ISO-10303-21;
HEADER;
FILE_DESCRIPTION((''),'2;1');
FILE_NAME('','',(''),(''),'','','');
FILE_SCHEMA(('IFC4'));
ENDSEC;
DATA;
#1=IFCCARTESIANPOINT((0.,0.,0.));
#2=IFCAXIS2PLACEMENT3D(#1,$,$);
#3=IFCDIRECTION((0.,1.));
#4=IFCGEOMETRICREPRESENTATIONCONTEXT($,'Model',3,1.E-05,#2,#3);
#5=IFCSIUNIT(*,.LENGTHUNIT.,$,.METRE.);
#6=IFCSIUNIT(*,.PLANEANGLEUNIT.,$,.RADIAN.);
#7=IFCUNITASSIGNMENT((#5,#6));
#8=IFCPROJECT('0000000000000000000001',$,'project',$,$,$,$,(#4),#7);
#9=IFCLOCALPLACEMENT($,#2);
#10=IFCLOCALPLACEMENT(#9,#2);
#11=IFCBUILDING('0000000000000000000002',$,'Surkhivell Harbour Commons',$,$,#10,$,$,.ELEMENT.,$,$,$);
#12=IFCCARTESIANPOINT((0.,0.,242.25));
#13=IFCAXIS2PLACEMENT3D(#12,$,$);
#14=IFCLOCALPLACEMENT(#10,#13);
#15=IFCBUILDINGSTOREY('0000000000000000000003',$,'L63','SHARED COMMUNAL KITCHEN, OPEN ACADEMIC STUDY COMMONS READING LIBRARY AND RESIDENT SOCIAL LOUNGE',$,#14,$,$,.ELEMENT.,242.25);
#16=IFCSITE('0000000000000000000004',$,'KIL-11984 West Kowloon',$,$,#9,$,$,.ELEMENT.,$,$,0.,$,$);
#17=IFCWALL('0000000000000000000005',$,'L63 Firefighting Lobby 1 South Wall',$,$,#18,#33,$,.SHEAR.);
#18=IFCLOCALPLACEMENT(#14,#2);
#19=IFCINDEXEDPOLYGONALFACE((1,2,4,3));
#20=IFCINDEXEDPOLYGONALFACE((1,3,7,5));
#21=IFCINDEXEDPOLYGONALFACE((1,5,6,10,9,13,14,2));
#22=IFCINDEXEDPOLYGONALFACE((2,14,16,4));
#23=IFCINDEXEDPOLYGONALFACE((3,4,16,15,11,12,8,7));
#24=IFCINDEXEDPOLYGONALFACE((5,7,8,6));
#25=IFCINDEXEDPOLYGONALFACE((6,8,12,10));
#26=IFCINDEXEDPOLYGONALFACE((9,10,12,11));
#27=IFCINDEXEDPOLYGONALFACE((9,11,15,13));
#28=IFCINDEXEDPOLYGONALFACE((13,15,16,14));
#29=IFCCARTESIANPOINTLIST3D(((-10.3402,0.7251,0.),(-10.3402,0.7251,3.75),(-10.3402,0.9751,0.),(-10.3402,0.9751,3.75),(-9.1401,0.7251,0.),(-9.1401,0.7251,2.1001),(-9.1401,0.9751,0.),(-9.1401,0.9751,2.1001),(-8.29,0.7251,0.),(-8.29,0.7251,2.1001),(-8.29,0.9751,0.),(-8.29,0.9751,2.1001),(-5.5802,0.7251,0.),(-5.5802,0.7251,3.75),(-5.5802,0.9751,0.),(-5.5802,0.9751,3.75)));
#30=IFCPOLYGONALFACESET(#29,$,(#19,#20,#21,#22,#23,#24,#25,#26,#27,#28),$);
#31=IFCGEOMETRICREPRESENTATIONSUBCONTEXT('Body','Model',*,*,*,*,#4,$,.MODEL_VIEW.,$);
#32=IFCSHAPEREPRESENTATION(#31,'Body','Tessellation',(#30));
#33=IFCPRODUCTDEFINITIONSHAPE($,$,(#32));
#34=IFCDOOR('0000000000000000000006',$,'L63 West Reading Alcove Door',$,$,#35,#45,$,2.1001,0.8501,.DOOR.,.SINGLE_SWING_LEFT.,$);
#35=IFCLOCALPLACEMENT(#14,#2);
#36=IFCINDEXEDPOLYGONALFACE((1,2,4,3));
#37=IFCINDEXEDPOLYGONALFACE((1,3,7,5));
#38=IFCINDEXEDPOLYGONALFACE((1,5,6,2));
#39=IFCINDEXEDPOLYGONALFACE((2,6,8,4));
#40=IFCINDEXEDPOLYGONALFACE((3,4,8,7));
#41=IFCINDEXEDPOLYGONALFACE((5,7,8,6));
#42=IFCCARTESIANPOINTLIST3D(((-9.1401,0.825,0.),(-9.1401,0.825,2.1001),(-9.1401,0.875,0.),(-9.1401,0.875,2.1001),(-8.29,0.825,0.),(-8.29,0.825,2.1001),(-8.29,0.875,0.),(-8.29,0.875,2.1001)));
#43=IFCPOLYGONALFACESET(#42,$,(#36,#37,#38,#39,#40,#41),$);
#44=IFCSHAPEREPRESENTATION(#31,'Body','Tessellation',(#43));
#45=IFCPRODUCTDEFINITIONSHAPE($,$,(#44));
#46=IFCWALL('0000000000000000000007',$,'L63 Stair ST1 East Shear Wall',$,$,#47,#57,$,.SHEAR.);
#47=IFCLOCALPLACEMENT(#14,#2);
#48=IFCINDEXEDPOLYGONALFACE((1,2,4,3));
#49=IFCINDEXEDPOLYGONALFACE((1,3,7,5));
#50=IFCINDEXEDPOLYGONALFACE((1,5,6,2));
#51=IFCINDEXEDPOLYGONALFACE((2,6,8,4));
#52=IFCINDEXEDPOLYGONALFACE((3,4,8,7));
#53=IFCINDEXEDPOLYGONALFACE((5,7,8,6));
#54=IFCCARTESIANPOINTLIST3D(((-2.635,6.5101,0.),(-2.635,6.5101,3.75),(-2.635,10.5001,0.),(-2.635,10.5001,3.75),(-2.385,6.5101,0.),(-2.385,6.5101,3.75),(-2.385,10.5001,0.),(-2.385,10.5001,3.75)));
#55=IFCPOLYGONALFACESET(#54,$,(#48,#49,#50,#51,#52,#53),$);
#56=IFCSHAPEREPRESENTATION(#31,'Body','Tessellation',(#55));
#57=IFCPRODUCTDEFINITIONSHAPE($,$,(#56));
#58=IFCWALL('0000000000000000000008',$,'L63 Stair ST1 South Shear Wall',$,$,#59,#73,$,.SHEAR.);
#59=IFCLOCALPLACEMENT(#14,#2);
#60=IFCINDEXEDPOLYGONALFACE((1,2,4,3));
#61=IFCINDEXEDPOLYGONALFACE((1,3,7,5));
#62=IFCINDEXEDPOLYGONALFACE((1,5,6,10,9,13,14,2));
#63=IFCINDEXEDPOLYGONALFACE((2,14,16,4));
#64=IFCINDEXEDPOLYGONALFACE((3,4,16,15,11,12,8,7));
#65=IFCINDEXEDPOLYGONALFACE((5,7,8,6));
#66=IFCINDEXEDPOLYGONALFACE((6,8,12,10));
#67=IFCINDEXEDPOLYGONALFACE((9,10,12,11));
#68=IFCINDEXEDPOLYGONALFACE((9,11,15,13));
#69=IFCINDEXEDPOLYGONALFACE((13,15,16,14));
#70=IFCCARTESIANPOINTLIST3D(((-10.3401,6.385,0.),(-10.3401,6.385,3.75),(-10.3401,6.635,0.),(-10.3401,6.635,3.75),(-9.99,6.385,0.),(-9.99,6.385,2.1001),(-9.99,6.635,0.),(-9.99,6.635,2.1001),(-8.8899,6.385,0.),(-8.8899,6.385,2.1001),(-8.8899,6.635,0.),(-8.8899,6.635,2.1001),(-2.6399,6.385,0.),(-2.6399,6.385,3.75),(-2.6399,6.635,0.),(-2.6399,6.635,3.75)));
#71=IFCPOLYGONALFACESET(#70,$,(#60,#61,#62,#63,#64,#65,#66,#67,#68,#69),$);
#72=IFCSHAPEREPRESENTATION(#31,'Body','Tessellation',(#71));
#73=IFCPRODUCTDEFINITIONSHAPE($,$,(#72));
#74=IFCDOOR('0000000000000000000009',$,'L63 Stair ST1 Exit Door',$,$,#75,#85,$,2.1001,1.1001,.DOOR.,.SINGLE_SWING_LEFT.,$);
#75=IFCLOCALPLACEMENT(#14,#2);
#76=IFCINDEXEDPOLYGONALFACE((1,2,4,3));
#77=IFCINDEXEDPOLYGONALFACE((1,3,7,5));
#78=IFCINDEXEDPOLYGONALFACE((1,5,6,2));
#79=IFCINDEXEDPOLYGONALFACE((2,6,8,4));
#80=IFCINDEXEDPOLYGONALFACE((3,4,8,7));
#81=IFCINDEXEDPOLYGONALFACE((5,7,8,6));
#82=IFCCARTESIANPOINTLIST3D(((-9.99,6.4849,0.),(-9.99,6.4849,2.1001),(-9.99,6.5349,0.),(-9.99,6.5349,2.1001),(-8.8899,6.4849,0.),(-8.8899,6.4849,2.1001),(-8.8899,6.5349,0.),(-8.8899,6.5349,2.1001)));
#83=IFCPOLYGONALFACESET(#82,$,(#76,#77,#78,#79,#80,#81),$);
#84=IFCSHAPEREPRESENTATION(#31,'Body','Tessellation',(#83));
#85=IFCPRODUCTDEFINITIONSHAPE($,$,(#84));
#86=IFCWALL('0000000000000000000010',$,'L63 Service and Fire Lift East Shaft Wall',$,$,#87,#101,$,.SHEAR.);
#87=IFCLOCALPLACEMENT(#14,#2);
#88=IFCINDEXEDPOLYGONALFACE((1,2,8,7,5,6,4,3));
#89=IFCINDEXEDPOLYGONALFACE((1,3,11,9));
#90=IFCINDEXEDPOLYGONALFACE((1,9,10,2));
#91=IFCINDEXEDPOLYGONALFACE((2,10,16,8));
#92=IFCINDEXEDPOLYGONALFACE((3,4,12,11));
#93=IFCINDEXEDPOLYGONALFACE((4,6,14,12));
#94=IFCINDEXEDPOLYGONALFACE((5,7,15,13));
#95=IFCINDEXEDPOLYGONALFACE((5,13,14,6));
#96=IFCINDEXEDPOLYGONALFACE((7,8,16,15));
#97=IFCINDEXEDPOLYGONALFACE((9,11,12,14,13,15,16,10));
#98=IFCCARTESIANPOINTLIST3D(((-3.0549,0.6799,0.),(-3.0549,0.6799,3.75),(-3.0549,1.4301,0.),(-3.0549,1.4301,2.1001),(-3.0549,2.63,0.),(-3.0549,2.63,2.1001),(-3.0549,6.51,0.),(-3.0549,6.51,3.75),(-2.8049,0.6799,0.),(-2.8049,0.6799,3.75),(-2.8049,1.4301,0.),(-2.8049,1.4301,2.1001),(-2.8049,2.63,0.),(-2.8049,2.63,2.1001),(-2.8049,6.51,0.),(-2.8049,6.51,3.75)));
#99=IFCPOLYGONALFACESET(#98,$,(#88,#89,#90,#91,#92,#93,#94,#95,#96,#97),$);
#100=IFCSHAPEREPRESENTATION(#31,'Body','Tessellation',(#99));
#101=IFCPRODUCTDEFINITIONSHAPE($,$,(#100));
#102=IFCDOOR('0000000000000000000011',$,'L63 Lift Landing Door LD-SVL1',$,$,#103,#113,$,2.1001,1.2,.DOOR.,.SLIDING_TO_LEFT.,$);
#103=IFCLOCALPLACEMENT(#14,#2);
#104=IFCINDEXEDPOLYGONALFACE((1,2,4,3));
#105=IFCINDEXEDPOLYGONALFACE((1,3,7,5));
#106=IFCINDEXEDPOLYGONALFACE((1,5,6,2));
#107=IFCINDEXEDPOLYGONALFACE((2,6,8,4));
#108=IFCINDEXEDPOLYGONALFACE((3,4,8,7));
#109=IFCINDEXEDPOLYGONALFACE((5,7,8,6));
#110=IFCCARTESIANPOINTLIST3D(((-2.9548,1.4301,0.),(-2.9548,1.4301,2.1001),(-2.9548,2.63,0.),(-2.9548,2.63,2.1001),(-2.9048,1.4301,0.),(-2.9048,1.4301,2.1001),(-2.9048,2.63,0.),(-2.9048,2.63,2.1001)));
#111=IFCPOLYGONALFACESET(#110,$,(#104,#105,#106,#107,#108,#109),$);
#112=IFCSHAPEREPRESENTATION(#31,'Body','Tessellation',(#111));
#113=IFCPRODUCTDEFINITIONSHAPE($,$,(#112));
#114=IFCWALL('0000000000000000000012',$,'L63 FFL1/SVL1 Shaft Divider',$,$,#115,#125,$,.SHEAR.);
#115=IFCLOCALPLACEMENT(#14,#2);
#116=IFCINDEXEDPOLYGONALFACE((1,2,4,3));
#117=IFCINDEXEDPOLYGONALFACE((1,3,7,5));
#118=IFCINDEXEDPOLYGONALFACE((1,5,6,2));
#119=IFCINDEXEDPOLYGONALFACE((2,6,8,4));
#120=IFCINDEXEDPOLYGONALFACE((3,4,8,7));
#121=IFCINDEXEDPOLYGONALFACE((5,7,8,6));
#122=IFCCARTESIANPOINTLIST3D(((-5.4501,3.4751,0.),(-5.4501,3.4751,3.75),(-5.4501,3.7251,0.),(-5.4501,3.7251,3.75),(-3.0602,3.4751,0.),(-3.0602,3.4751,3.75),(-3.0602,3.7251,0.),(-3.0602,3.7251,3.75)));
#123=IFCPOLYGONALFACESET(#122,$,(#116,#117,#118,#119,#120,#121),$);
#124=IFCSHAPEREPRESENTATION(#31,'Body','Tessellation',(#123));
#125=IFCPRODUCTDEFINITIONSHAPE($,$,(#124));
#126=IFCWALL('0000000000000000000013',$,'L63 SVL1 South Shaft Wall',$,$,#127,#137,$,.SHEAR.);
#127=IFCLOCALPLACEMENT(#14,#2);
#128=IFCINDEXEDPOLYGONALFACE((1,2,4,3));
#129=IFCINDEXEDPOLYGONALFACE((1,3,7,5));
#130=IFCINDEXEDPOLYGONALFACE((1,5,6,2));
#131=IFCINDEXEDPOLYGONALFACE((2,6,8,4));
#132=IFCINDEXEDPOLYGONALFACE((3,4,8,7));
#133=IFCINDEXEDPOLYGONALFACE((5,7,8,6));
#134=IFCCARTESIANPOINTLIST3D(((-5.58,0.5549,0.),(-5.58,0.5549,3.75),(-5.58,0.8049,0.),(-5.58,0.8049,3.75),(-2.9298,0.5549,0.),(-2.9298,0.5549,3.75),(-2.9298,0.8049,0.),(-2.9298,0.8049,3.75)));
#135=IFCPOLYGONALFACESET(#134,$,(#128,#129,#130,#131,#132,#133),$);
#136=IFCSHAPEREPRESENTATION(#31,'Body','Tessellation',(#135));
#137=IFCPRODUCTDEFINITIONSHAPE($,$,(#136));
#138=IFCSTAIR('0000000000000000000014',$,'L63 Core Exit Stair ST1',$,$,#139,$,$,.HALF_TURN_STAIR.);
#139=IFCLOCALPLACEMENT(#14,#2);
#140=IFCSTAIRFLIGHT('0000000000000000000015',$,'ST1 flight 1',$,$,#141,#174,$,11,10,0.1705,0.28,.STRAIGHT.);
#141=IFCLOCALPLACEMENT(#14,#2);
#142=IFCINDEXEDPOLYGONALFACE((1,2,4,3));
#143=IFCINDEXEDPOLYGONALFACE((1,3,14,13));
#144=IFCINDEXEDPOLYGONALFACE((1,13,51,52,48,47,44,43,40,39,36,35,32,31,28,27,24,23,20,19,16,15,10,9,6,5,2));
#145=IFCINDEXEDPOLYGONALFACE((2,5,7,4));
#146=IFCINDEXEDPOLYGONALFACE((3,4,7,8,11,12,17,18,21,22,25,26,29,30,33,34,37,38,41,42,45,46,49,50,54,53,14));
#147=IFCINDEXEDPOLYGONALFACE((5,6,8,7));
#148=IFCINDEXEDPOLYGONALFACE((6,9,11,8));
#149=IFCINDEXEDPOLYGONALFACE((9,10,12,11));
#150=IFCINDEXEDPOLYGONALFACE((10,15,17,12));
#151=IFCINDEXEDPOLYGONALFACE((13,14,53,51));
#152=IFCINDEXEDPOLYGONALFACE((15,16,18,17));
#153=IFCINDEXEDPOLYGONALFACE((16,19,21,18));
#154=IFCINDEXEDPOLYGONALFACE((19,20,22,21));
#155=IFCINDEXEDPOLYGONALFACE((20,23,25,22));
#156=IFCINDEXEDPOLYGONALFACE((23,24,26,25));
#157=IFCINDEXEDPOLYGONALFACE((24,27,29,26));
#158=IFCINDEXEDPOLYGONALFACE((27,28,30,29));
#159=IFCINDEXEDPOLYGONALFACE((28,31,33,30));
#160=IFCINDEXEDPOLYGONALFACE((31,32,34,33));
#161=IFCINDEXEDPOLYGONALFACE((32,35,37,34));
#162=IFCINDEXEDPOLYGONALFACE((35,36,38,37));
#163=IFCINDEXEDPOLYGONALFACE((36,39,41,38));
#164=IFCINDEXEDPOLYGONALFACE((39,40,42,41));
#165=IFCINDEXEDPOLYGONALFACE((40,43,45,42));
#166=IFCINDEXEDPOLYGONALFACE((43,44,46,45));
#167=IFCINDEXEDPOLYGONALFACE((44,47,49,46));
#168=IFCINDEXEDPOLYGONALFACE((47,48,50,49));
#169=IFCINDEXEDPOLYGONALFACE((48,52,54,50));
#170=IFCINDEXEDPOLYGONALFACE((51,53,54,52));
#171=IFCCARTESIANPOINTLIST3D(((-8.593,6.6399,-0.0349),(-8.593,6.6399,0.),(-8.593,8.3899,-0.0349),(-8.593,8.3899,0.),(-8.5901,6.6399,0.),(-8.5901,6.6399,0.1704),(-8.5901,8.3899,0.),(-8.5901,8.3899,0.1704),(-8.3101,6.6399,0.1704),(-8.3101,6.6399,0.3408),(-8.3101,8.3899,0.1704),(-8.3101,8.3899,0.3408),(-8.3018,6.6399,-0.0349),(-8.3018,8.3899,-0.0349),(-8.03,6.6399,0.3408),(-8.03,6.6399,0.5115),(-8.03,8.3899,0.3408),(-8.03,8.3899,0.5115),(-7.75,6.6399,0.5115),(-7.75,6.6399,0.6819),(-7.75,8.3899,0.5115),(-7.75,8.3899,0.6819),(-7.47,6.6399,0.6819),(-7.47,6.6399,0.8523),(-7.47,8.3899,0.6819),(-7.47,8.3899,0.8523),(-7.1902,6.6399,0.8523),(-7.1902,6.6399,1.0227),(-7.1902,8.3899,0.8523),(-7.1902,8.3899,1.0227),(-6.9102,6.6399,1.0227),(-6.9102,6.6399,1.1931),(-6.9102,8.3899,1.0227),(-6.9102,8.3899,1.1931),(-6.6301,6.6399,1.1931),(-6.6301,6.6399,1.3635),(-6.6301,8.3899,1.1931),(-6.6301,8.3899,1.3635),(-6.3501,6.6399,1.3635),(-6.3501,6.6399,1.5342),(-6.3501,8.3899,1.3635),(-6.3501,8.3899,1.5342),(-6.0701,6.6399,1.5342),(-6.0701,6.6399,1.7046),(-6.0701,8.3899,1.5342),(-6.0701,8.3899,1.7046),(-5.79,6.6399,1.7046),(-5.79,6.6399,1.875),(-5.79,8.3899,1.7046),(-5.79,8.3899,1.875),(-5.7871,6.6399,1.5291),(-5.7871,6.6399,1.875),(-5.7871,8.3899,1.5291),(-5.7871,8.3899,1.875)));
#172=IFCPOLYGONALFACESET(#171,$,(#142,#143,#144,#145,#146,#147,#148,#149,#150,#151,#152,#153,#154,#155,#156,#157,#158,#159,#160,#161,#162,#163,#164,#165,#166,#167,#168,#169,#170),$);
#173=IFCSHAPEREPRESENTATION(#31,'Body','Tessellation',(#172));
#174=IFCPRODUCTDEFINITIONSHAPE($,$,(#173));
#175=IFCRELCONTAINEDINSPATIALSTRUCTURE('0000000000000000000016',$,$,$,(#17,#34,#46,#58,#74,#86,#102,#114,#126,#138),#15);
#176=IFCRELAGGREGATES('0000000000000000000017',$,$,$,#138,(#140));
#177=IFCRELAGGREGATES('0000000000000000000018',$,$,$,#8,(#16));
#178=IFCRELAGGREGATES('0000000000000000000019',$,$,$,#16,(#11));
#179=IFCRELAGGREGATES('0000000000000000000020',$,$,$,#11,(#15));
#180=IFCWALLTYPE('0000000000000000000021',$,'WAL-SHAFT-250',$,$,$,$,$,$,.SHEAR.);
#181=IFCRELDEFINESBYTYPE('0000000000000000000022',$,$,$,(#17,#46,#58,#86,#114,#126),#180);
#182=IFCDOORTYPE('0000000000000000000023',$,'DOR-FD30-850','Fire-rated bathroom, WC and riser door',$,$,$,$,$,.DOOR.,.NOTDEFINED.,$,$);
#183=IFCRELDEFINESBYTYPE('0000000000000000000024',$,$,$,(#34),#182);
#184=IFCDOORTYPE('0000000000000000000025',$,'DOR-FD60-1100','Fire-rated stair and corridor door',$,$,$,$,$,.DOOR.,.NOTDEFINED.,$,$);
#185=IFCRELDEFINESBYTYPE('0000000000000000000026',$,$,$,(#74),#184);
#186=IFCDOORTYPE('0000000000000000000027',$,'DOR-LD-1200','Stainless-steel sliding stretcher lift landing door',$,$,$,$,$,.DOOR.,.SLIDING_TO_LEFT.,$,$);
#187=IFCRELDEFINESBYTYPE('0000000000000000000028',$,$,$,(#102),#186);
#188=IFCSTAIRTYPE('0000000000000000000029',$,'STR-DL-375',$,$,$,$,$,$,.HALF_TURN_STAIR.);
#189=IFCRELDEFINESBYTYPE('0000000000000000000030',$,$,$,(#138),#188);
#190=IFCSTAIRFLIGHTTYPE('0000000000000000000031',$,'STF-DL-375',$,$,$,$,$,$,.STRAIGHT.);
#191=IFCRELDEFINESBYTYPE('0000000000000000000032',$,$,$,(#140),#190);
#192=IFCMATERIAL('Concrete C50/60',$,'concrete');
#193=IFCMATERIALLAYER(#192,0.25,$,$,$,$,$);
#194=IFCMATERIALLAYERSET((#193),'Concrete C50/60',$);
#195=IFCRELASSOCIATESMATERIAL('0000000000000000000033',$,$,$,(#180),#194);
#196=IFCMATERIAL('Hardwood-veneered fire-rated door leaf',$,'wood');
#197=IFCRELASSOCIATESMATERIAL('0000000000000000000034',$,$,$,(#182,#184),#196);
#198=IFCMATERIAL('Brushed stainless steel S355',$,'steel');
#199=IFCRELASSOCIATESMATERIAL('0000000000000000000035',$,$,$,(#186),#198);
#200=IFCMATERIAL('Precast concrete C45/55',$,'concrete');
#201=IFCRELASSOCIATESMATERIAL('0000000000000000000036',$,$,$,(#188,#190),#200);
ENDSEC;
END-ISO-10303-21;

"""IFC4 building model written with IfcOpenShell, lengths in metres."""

from ifc_helpers import new_model, si_unit, direction, frame, frame_2d, origin, place, context, subcontext, project, spatial, polyline, rectangle, outline, extrude, material, layer, layer_set, type_object, element, fill, aggregate, save


model = new_model("IFC4")

# Units and contexts
model_context = context("Model", 3, precision=1e-05, world=origin(), true_north=direction((0.0, 1.0)))
body_context = subcontext(model_context, "Body", "Model", "MODEL_VIEW")
ifc_project = project(units=[si_unit("LENGTHUNIT", "METRE"), si_unit("PLANEANGLEUNIT", "RADIAN")], contexts=[model_context])

# Site, building, storey
site_placement = place(None, origin())
site = spatial("IfcSite", under=ifc_project, at=site_placement, Name="KIL-11984 West Kowloon", CompositionType="ELEMENT", RefElevation=0.0)
building_placement = place(site_placement, origin())
building = spatial("IfcBuilding", under=site, at=building_placement, Name="Surkhivell Harbour Commons", CompositionType="ELEMENT")
storey_placement = place(building_placement, frame((0.0, 0.0, 242.25)))
storey = spatial("IfcBuildingStorey", under=building, at=storey_placement, Name="L63", Description="SHARED COMMUNAL KITCHEN, OPEN ACADEMIC STUDY COMMONS READING LIBRARY AND RESIDENT SOCIAL LOUNGE", CompositionType="ELEMENT", Elevation=242.25)

# Shared definitions
ifc_material_1 = material(Name="Hardwood-veneered fire-rated door leaf", Category="wood")

# Wall, opening, door
ifc_material_2 = material(Name="Concrete C50/60", Category="concrete")
ifc_layer_1 = layer(ifc_material_2, 0.25)
ifc_layer_set_1 = layer_set([ifc_layer_1], Name="Concrete C50/60")
wall_type_1 = type_object("IfcWallType", Name="WAL-SHAFT-250", PredefinedType="SHEAR", material=ifc_layer_set_1)
ifc_material_3 = material(Name="Brushed stainless steel S355", Category="steel")
wall_1_placement = place(storey_placement, frame((-10.3401, 0.8501, 0.0), z_axis=(0.0, 0.0, 1.0), x_axis=(1.0, 0.0, 0.0)))
wall_1 = element("IfcWall", 1, at=wall_1_placement, inside=storey, type_object=wall_type_1, Name="L63 Firefighting Lobby 1 South Wall", PredefinedType="SHEAR", context=body_context, shape_type="SweptSolid", body=[
    extrude(rectangle(XDim=4.76, YDim=0.25, at=frame_2d((2.3799, 0.0))), origin(), (0.0, 0.0, 1.0), 3.75),
])
opening_1_placement = place(wall_1_placement, frame((1.2, 0.0, 0.0)))
opening_1 = element("IfcOpeningElement", 2, at=opening_1_placement, cuts=wall_1, PredefinedType="OPENING", context=body_context, shape_type="SweptSolid", body=[
    extrude(rectangle(XDim=0.8501, YDim=2.1001, at=frame_2d((0.425, 1.05))), frame((0.0, 0.135, 0.0), z_axis=(0.0, -1.0, 0.0), x_axis=(1.0, 0.0, 0.0)), (0.0, 0.0, 1.0), 0.27),
])
door_type_1 = type_object("IfcDoorType", Name="DOR-FD30-850", Description="Fire-rated bathroom, WC and riser door", OperationType="NOTDEFINED", PredefinedType="DOOR", material=ifc_material_1)
door_1_placement = place(opening_1_placement, origin())
door_1 = element("IfcDoor", 3, at=door_1_placement, inside=storey, type_object=door_type_1, Name="L63 West Reading Alcove Door", OperationType="SINGLE_SWING_LEFT", OverallHeight=2.1001, OverallWidth=0.8501, PredefinedType="DOOR", context=body_context, shape_type="SweptSolid", body=[
    extrude(rectangle(XDim=0.8501, YDim=2.1001, at=frame_2d((0.425, 1.05))), frame((0.0, 0.0249, 0.0), z_axis=(0.0, -1.0, 0.0), x_axis=(1.0, 0.0, 0.0)), (0.0, 0.0, 1.0), 0.05),
])
fill(opening_1, door_1)

# Wall
wall_2_placement = place(storey_placement, frame((-2.51, 6.51, 0.0), z_axis=(0.0, 0.0, 1.0), x_axis=(0.0, 1.0, 0.0)))
element("IfcWall", 4, at=wall_2_placement, inside=storey, type_object=wall_type_1, Name="L63 Stair ST1 East Shear Wall", PredefinedType="SHEAR", context=body_context, shape_type="SweptSolid", body=[
    extrude(rectangle(XDim=3.99, YDim=0.25, at=frame_2d((1.9951, 0.0))), origin(), (0.0, 0.0, 1.0), 3.75),
])

# Walls, openings, doors
wall_3_placement = place(storey_placement, frame((-10.3401, 6.51, 0.0), z_axis=(0.0, 0.0, 1.0), x_axis=(1.0, 0.0, 0.0)))
wall_3 = element("IfcWall", 5, at=wall_3_placement, inside=storey, type_object=wall_type_1, Name="L63 Stair ST1 South Shear Wall", PredefinedType="SHEAR", context=body_context, shape_type="SweptSolid", body=[
    extrude(rectangle(XDim=7.7002, YDim=0.25, at=frame_2d((3.8501, 0.0))), origin(), (0.0, 0.0, 1.0), 3.75),
])
opening_2_placement = place(wall_3_placement, frame((0.3501, 0.0, 0.0)))
opening_2 = element("IfcOpeningElement", 6, at=opening_2_placement, cuts=wall_3, PredefinedType="OPENING", context=body_context, shape_type="SweptSolid", body=[
    extrude(rectangle(XDim=1.1001, YDim=2.1001, at=frame_2d((0.55, 1.05))), frame((0.0, 0.135, 0.0), z_axis=(0.0, -1.0, 0.0), x_axis=(1.0, 0.0, 0.0)), (0.0, 0.0, 1.0), 0.27),
])
door_type_2 = type_object("IfcDoorType", Name="DOR-FD60-1100", Description="Fire-rated stair and corridor door", OperationType="NOTDEFINED", PredefinedType="DOOR", material=ifc_material_1)
door_2_placement = place(opening_2_placement, origin())
door_2 = element("IfcDoor", 7, at=door_2_placement, inside=storey, type_object=door_type_2, Name="L63 Stair ST1 Exit Door", OperationType="SINGLE_SWING_LEFT", OverallHeight=2.1001, OverallWidth=1.1001, PredefinedType="DOOR", context=body_context, shape_type="SweptSolid", body=[
    extrude(rectangle(XDim=1.1001, YDim=2.1001, at=frame_2d((0.55, 1.05))), frame((0.0, 0.0249, 0.0), z_axis=(0.0, -1.0, 0.0), x_axis=(1.0, 0.0, 0.0)), (0.0, 0.0, 1.0), 0.05),
])
fill(opening_2, door_2)
wall_4_placement = place(storey_placement, frame((-2.9299, 0.6799, 0.0), z_axis=(0.0, 0.0, 1.0), x_axis=(0.0, 1.0, 0.0)))
wall_4 = element("IfcWall", 8, at=wall_4_placement, inside=storey, type_object=wall_type_1, Name="L63 Service and Fire Lift East Shaft Wall", PredefinedType="SHEAR", context=body_context, shape_type="SweptSolid", body=[
    extrude(rectangle(XDim=5.8301, YDim=0.25, at=frame_2d((2.915, 0.0))), origin(), (0.0, 0.0, 1.0), 3.75),
])
opening_3_placement = place(wall_4_placement, frame((0.75, 0.0, 0.0)))
opening_3 = element("IfcOpeningElement", 9, at=opening_3_placement, cuts=wall_4, PredefinedType="OPENING", context=body_context, shape_type="SweptSolid", body=[
    extrude(rectangle(XDim=1.2, YDim=2.1001, at=frame_2d((0.6001, 1.05))), frame((0.0, 0.135, 0.0), z_axis=(0.0, -1.0, 0.0), x_axis=(1.0, 0.0, 0.0)), (0.0, 0.0, 1.0), 0.27),
])
door_type_3 = type_object("IfcDoorType", Name="DOR-LD-1200", Description="Stainless-steel sliding stretcher lift landing door", OperationType="SLIDING_TO_LEFT", PredefinedType="DOOR", material=ifc_material_3)
door_3_placement = place(opening_3_placement, origin())
door_3 = element("IfcDoor", 10, at=door_3_placement, inside=storey, type_object=door_type_3, Name="L63 Lift Landing Door LD-SVL1", OperationType="SLIDING_TO_LEFT", OverallHeight=2.1001, OverallWidth=1.2, PredefinedType="DOOR", context=body_context, shape_type="SweptSolid", body=[
    extrude(rectangle(XDim=1.2, YDim=2.1001, at=frame_2d((0.6001, 1.05))), frame((0.0, 0.0249, 0.0), z_axis=(0.0, -1.0, 0.0), x_axis=(1.0, 0.0, 0.0)), (0.0, 0.0, 1.0), 0.05),
])
fill(opening_3, door_3)

# Walls
wall_5_placement = place(storey_placement, frame((-5.45, 3.6001, 0.0), z_axis=(0.0, 0.0, 1.0), x_axis=(1.0, 0.0, 0.0)))
element("IfcWall", 11, at=wall_5_placement, inside=storey, type_object=wall_type_1, Name="L63 FFL1/SVL1 Shaft Divider", PredefinedType="SHEAR", context=body_context, shape_type="SweptSolid", body=[
    extrude(rectangle(XDim=2.3899, YDim=0.25, at=frame_2d((1.1948, 0.0))), origin(), (0.0, 0.0, 1.0), 3.75),
])
wall_6_placement = place(storey_placement, frame((-5.5801, 0.6799, 0.0), z_axis=(0.0, 0.0, 1.0), x_axis=(1.0, 0.0, 0.0)))
element("IfcWall", 12, at=wall_6_placement, inside=storey, type_object=wall_type_1, Name="L63 SVL1 South Shaft Wall", PredefinedType="SHEAR", context=body_context, shape_type="SweptSolid", body=[
    extrude(rectangle(XDim=2.6501, YDim=0.25, at=frame_2d((1.3252, 0.0))), origin(), (0.0, 0.0, 1.0), 3.75),
])

# Stair, stair flight
ifc_material_4 = material(Name="Precast concrete C45/55", Category="concrete")
stair_type = type_object("IfcStairType", Name="STR-DL-375", PredefinedType="HALF_TURN_STAIR", material=ifc_material_4)
stair_placement = place(storey_placement, origin())
stair = element("IfcStair", 13, at=stair_placement, inside=storey, type_object=stair_type, Name="L63 Core Exit Stair ST1", PredefinedType="HALF_TURN_STAIR")
stair_flight_type = type_object("IfcStairFlightType", Name="STF-DL-375", PredefinedType="STRAIGHT", material=ifc_material_4)
stair_flight_1_placement = place(storey_placement, frame((-8.5901, 7.5149, 0.0), z_axis=(0.0, 0.0, 1.0), x_axis=(1.0, 0.0, 0.0)))
stair_flight_1 = element("IfcStairFlight", 14, at=stair_flight_1_placement, type_object=stair_flight_type, Name="ST1 flight 1", NumberOfRisers=11, NumberOfTreads=10, PredefinedType="STRAIGHT", RiserHeight=0.1705, TreadLength=0.28, context=body_context, shape_type="SweptSolid", body=[
    extrude(outline(polyline([(-0.0029, -0.0349), (-0.0029, 0.0), (0.0, 0.0), (0.0, 0.1704), (0.28, 0.1704), (0.28, 0.3408), (0.5601, 0.3408), (0.5601, 0.5115), (0.8401, 0.5115), (0.8401, 0.6819), (1.1201, 0.6819), (1.1201, 0.8523), (1.3999, 0.8523), (1.3999, 1.0227), (1.6799, 1.0227), (1.6799, 1.1931), (1.96, 1.1931), (1.96, 1.3635), (2.24, 1.3635), (2.24, 1.5342), (2.52, 1.5342), (2.52, 1.7046), (2.8, 1.7046), (2.8, 1.875), (2.803, 1.875), (2.803, 1.5291), (0.2883, -0.0349), (-0.0029, -0.0349)])), frame((0.0, 0.875, 0.0), z_axis=(0.0, -1.0, 0.0), x_axis=(1.0, 0.0, 0.0)), (0.0, 0.0, 1.0), 1.75),
])
aggregate(stair, [stair_flight_1])

save(model, "model.ifc")
